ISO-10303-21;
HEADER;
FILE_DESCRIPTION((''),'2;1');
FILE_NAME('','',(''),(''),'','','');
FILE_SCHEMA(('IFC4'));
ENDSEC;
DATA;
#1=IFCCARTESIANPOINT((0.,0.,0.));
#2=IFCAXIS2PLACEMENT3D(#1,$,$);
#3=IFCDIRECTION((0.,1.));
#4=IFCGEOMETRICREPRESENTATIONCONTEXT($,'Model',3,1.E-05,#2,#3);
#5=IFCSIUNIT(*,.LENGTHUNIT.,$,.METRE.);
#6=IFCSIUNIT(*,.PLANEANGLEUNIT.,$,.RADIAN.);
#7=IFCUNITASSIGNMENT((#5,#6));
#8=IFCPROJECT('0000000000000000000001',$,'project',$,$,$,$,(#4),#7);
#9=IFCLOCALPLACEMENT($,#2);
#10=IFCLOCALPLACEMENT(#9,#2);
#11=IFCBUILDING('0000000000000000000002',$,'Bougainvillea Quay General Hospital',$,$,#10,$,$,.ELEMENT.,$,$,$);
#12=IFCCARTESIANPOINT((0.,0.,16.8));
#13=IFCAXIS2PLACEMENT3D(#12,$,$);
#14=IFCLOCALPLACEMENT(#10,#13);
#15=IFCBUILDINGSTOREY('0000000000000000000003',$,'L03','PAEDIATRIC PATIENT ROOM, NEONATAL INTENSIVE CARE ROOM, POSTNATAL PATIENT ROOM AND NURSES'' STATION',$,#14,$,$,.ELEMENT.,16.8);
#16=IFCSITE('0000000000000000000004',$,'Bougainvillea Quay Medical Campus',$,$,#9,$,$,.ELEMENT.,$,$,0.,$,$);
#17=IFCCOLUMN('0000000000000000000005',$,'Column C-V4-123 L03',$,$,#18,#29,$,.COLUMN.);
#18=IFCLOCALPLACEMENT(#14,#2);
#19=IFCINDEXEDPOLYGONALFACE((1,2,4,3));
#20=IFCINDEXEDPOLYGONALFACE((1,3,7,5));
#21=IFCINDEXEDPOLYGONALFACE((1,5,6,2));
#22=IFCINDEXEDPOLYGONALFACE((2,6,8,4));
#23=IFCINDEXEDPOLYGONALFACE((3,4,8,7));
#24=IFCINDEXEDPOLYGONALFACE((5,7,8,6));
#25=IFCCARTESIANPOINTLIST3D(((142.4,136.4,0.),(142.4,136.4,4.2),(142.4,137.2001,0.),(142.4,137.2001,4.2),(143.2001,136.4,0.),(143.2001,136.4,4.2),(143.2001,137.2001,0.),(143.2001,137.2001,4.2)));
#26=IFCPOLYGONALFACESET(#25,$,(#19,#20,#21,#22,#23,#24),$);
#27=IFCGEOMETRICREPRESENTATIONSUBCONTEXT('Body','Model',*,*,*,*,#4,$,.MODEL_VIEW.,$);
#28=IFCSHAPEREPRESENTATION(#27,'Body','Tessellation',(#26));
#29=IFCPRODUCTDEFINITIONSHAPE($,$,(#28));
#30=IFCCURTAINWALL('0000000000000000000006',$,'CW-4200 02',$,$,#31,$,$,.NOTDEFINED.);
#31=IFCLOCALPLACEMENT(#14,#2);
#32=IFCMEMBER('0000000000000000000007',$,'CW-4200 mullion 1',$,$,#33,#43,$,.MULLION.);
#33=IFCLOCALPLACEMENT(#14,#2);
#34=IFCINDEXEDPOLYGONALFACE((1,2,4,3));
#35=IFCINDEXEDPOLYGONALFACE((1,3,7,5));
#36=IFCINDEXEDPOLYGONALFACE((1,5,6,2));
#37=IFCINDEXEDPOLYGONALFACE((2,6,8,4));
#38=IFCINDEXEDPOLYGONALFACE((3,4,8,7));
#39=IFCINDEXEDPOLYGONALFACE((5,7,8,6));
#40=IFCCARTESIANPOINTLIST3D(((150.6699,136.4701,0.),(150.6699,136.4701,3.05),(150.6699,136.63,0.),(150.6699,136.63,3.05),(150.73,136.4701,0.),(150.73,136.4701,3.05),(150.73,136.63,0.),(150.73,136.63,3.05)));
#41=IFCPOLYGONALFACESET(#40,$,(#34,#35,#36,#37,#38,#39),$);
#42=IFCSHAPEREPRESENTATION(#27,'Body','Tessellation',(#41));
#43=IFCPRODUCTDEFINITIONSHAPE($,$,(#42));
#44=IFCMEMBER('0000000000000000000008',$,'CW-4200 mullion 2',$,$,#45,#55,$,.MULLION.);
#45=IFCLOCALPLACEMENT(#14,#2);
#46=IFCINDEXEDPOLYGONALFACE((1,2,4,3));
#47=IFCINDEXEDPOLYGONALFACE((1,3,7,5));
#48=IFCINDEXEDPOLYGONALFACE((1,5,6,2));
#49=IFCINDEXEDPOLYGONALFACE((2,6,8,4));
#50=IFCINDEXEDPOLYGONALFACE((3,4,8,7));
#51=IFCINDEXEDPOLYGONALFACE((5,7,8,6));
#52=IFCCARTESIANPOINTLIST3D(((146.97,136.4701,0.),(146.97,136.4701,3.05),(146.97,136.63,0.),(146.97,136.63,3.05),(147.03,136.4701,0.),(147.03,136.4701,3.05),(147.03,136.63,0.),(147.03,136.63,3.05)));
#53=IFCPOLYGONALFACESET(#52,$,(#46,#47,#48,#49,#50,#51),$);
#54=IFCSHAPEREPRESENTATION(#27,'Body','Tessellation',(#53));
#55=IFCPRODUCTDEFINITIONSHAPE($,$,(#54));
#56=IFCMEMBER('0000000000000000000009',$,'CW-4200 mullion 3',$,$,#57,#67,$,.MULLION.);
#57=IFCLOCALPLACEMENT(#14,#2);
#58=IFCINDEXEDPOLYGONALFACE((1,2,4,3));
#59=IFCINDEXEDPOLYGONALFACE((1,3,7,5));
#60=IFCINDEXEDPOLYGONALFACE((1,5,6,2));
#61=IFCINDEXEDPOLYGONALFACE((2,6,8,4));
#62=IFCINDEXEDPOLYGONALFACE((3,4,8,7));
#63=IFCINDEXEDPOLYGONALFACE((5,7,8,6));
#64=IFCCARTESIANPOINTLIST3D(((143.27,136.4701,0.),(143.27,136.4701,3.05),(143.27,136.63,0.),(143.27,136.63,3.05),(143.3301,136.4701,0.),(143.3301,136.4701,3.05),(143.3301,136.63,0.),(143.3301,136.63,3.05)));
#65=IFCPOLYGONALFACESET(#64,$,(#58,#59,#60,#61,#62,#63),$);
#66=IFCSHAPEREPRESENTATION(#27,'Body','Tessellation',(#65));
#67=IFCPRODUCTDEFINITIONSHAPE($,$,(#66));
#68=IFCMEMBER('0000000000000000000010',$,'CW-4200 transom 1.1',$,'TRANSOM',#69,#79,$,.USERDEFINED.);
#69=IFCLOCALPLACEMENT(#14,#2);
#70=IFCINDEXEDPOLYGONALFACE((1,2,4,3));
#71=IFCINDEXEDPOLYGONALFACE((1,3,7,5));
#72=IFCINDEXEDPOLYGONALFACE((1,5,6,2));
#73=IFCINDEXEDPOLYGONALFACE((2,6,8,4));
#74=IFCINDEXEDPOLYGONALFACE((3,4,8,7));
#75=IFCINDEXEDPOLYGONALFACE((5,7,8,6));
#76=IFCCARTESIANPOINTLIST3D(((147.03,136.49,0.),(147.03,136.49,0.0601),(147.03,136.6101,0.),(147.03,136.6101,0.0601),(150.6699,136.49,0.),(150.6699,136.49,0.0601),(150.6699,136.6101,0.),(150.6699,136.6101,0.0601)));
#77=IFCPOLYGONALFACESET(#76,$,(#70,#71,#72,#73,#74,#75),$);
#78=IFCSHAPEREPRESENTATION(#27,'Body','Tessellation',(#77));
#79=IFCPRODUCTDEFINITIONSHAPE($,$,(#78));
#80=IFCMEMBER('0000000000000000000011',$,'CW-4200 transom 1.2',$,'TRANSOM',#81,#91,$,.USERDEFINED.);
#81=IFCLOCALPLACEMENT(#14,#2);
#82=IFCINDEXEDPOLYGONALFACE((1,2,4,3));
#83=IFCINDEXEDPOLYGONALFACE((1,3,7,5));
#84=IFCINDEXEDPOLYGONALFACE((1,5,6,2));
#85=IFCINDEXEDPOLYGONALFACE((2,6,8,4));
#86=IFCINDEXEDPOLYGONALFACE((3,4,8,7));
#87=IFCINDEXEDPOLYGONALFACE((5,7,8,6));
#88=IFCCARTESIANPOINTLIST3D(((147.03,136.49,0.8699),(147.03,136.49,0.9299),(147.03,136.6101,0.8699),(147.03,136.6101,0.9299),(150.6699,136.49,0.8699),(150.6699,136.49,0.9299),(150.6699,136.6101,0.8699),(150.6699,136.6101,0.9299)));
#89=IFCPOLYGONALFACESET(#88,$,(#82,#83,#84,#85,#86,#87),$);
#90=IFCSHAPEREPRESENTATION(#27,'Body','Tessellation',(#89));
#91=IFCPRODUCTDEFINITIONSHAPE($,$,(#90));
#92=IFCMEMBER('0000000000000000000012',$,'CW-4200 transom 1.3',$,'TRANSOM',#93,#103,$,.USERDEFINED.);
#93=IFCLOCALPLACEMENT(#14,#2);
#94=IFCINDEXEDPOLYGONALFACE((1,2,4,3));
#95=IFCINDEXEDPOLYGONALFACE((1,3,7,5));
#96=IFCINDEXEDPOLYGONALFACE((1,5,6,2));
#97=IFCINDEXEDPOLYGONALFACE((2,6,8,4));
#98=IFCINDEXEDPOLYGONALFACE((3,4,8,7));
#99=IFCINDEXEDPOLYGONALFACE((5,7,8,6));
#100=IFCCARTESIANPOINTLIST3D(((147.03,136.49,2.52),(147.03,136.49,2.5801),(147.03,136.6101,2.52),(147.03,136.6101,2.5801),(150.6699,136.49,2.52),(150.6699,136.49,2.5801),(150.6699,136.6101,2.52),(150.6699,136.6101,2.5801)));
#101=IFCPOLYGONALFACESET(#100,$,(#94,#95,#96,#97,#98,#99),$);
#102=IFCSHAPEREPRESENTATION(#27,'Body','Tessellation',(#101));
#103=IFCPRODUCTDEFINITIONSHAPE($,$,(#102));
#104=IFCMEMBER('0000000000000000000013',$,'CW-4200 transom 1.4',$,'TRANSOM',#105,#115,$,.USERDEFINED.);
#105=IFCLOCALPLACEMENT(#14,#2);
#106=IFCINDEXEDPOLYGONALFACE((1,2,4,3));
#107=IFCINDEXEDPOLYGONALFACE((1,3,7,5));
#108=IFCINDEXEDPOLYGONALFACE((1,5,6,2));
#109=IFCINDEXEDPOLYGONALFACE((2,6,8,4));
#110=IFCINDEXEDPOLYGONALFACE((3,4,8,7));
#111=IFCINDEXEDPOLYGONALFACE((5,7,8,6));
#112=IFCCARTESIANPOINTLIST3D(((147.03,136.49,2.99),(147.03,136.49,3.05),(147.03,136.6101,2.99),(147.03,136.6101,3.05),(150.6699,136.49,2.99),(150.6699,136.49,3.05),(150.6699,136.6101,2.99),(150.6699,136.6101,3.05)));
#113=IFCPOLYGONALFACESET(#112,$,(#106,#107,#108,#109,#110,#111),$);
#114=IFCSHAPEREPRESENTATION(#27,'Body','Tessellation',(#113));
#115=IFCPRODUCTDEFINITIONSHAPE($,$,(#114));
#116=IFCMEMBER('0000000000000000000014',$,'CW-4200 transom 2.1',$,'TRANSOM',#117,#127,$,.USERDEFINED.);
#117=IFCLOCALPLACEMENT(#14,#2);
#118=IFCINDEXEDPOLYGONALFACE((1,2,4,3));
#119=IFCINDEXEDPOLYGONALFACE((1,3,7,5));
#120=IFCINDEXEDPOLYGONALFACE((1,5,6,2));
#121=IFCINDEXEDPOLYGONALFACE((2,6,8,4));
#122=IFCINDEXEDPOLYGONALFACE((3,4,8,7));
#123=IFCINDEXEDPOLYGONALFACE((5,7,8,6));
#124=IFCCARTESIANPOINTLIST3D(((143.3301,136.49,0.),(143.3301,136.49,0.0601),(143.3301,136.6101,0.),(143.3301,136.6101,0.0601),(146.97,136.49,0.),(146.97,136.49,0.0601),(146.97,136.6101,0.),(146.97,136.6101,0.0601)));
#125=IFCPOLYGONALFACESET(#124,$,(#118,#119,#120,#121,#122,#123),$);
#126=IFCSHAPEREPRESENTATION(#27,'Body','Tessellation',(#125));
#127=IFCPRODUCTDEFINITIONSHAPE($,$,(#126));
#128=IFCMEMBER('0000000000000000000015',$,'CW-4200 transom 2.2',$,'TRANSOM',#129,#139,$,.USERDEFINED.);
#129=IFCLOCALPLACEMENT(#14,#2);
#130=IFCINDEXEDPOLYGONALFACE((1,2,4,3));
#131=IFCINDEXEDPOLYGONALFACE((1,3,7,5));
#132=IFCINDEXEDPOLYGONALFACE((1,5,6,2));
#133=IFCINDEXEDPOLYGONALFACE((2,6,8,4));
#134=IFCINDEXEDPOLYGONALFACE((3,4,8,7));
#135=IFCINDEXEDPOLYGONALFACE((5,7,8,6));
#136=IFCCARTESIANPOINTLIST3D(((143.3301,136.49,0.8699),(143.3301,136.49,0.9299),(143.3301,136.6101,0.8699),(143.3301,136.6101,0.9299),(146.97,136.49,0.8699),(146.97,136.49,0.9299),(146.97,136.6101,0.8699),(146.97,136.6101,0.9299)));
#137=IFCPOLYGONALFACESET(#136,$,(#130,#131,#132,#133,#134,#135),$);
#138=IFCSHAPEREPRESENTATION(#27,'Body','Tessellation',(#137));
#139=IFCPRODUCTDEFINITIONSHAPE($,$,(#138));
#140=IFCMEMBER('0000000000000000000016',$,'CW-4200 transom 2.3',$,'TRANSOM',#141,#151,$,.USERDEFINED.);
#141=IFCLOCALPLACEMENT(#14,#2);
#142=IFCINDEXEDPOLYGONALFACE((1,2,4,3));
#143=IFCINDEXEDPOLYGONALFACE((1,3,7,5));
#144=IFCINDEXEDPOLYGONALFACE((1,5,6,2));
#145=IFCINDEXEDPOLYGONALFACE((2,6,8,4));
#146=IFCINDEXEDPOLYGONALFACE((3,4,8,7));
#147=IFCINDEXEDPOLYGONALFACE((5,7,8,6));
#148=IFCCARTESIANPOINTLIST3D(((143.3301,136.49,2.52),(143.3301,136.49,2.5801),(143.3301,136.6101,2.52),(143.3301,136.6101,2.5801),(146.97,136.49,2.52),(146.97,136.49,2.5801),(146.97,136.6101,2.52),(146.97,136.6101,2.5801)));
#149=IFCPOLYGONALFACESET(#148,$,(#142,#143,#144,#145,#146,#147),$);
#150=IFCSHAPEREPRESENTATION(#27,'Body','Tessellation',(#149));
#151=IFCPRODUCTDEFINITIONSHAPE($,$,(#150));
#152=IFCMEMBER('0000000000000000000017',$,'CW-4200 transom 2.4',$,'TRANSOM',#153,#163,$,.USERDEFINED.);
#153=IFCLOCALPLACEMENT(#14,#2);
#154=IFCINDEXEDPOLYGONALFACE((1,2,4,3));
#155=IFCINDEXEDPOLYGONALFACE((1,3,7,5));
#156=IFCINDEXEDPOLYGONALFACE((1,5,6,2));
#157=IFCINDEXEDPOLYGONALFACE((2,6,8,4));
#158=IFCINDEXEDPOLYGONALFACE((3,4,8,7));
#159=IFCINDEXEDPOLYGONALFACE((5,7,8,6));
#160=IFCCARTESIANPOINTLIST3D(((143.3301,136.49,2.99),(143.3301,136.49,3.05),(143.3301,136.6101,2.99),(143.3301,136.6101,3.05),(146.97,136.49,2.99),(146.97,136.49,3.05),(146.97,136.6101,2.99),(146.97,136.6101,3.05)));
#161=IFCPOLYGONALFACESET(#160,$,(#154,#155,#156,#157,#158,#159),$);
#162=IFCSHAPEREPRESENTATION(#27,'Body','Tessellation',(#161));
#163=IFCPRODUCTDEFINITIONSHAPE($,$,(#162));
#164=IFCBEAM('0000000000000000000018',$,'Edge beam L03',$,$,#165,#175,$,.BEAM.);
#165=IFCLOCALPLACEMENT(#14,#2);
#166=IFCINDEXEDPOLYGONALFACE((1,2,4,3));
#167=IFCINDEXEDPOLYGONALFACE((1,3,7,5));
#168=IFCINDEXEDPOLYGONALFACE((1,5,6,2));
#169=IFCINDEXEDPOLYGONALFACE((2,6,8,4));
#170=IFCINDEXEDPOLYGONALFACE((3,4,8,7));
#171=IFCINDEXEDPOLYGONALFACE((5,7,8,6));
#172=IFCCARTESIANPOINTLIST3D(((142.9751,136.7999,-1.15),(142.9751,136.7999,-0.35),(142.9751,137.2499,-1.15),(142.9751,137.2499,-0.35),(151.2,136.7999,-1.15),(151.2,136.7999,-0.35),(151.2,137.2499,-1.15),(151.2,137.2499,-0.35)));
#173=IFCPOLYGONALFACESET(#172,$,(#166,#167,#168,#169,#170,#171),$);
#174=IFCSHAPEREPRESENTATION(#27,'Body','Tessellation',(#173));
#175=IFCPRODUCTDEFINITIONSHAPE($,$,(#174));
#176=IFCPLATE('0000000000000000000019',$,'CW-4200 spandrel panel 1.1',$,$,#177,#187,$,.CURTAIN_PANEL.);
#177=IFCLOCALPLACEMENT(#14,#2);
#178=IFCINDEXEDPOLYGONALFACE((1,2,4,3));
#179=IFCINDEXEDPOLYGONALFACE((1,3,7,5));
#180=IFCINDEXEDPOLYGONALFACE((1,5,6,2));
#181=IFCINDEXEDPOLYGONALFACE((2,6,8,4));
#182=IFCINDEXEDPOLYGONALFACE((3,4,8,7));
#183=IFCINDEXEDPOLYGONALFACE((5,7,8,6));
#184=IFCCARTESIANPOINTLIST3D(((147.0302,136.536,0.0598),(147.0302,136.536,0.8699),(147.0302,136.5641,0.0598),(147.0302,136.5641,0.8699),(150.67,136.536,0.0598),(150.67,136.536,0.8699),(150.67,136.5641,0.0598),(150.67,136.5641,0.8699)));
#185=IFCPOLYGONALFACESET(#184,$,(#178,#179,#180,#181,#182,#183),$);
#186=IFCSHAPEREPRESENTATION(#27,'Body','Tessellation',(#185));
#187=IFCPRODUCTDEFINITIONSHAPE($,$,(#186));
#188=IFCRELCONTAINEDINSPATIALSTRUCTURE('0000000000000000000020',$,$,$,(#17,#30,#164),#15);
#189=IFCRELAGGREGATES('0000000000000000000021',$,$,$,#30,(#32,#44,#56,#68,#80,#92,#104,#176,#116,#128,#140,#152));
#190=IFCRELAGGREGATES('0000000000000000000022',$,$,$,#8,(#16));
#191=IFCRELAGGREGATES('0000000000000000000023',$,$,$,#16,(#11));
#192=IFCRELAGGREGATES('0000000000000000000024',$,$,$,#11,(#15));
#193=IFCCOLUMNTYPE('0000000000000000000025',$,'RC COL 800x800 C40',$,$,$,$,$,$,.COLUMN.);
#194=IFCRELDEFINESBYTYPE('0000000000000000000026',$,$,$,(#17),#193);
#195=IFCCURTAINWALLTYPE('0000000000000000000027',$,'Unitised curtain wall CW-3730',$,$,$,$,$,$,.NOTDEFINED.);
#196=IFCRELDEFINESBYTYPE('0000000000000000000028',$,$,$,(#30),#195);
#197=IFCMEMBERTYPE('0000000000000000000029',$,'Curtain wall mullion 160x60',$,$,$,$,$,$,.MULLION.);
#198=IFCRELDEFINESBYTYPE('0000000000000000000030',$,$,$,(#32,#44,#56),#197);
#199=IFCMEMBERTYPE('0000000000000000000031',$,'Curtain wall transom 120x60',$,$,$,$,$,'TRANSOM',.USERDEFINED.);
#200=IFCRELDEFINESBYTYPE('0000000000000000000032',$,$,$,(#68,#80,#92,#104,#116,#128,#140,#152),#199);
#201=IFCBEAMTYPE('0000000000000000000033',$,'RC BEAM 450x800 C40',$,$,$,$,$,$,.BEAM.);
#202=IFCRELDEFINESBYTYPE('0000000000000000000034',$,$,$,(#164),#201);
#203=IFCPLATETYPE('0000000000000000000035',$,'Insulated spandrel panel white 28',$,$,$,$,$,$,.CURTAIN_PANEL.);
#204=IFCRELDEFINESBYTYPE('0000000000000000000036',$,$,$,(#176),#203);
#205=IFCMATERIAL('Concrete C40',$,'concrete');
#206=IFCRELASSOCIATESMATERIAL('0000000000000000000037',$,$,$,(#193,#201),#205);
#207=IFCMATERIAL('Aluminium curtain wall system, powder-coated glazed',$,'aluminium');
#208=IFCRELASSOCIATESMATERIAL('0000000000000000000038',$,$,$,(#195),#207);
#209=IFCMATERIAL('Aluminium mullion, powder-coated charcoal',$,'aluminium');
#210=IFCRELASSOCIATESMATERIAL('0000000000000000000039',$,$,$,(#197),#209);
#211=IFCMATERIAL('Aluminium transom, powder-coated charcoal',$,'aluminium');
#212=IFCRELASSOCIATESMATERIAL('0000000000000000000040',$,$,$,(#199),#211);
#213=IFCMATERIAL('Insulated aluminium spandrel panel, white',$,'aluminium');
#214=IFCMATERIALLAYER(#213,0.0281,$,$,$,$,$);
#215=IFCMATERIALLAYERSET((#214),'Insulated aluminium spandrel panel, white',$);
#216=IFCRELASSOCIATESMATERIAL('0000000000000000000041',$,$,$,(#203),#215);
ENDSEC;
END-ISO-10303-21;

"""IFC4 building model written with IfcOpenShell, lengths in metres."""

from ifc_helpers import new_model, si_unit, direction, frame, origin, origin_2d, place, context, subcontext, project, spatial, rectangle, extrude, material, layer, layer_set, material_profile, profile_set, type_object, element, aggregate, save


model = new_model("IFC4")

# Units and contexts
model_context = context("Model", 3, precision=1e-05, world=origin(), true_north=direction((0.0, 1.0)))
body_context = subcontext(model_context, "Body", "Model", "MODEL_VIEW")
ifc_project = project(units=[si_unit("LENGTHUNIT", "METRE"), si_unit("PLANEANGLEUNIT", "RADIAN")], contexts=[model_context])

# Site, building, storey
site_placement = place(None, origin())
site = spatial("IfcSite", under=ifc_project, at=site_placement, Name="Bougainvillea Quay Medical Campus", CompositionType="ELEMENT", RefElevation=0.0)
building_placement = place(site_placement, origin())
building = spatial("IfcBuilding", under=site, at=building_placement, Name="Bougainvillea Quay General Hospital", CompositionType="ELEMENT")
storey_placement = place(building_placement, frame((0.0, 0.0, 16.8)))
storey = spatial("IfcBuildingStorey", under=building, at=storey_placement, Name="L03", Description="PAEDIATRIC PATIENT ROOM, NEONATAL INTENSIVE CARE ROOM, POSTNATAL PATIENT ROOM AND NURSES' STATION", CompositionType="ELEMENT", Elevation=16.8)

# Column
ifc_material_1 = material(Name="Concrete C40", Category="concrete")
ifc_material_profile_1 = material_profile(ifc_material_1, rectangle(XDim=0.8, YDim=0.8, at=origin_2d()))
ifc_profile_set_1 = profile_set([ifc_material_profile_1], Name="Concrete C40")
column_type = type_object("IfcColumnType", Name="RC COL 800x800 C40", PredefinedType="COLUMN", material=ifc_profile_set_1)
column_placement = place(storey_placement, frame((142.8, 136.8, 0.0), z_axis=(0.0, 0.0, 1.0), x_axis=(1.0, 0.0, 0.0)))
element("IfcColumn", 1, at=column_placement, inside=storey, type_object=column_type, Name="Column C-V4-123 L03", PredefinedType="COLUMN", context=body_context, shape_type="SweptSolid", body=[
    extrude(rectangle(XDim=0.8, YDim=0.8, at=origin_2d()), origin(), (0.0, 0.0, 1.0), 4.2),
])

# Curtain wall, members
ifc_material_2 = material(Name="Aluminium curtain wall system, powder-coated glazed", Category="aluminium")
curtain_wall_type = type_object("IfcCurtainWallType", Name="Unitised curtain wall CW-3730", PredefinedType="NOTDEFINED", material=ifc_material_2)
curtain_wall_placement = place(storey_placement, origin())
curtain_wall = element("IfcCurtainWall", 2, at=curtain_wall_placement, inside=storey, type_object=curtain_wall_type, Name="CW-4200 02", PredefinedType="NOTDEFINED")
ifc_material_3 = material(Name="Aluminium mullion, powder-coated charcoal", Category="aluminium")
ifc_material_profile_2 = material_profile(ifc_material_3, rectangle(XDim=0.1599, YDim=0.0601, at=origin_2d()))
ifc_profile_set_2 = profile_set([ifc_material_profile_2], Name="Aluminium mullion, powder-coated charcoal")
member_type_1 = type_object("IfcMemberType", Name="Curtain wall mullion 160x60", PredefinedType="MULLION", material=ifc_profile_set_2)
member_1_placement = place(storey_placement, frame((150.7, 136.55, 0.0), z_axis=(0.0, 0.0, 1.0), x_axis=(0.0, -1.0, 0.0)))
member_1 = element("IfcMember", 3, at=member_1_placement, type_object=member_type_1, Name="CW-4200 mullion 1", PredefinedType="MULLION", context=body_context, shape_type="SweptSolid", body=[
    extrude(rectangle(XDim=0.1599, YDim=0.0601, at=origin_2d()), origin(), (0.0, 0.0, 1.0), 3.05),
])
member_2_placement = place(storey_placement, frame((147.0, 136.55, 0.0), z_axis=(0.0, 0.0, 1.0), x_axis=(0.0, -1.0, 0.0)))
member_2 = element("IfcMember", 4, at=member_2_placement, type_object=member_type_1, Name="CW-4200 mullion 2", PredefinedType="MULLION", context=body_context, shape_type="SweptSolid", body=[
    extrude(rectangle(XDim=0.1599, YDim=0.0601, at=origin_2d()), origin(), (0.0, 0.0, 1.0), 3.05),
])
member_3_placement = place(storey_placement, frame((143.3, 136.55, 0.0), z_axis=(0.0, 0.0, 1.0), x_axis=(0.0, -1.0, 0.0)))
member_3 = element("IfcMember", 5, at=member_3_placement, type_object=member_type_1, Name="CW-4200 mullion 3", PredefinedType="MULLION", context=body_context, shape_type="SweptSolid", body=[
    extrude(rectangle(XDim=0.1599, YDim=0.0601, at=origin_2d()), origin(), (0.0, 0.0, 1.0), 3.05),
])
ifc_material_4 = material(Name="Aluminium transom, powder-coated charcoal", Category="aluminium")
ifc_material_profile_3 = material_profile(ifc_material_4, rectangle(XDim=0.1201, YDim=0.0601, at=origin_2d()))
ifc_profile_set_3 = profile_set([ifc_material_profile_3], Name="Aluminium transom, powder-coated charcoal")
member_type_2 = type_object("IfcMemberType", Name="Curtain wall transom 120x60", ElementType="TRANSOM", PredefinedType="USERDEFINED", material=ifc_profile_set_3)
member_4_placement = place(storey_placement, frame((150.6699, 136.55, 0.03), z_axis=(-1.0, 0.0, 0.0), x_axis=(0.0, -1.0, 0.0)))
member_4 = element("IfcMember", 6, at=member_4_placement, type_object=member_type_2, Name="CW-4200 transom 1.1", ObjectType="TRANSOM", PredefinedType="USERDEFINED", context=body_context, shape_type="SweptSolid", body=[
    extrude(rectangle(XDim=0.1201, YDim=0.0601, at=origin_2d()), origin(), (0.0, 0.0, 1.0), 3.6399),
])
member_5_placement = place(storey_placement, frame((150.6699, 136.55, 0.8999), z_axis=(-1.0, 0.0, 0.0), x_axis=(0.0, -1.0, 0.0)))
member_5 = element("IfcMember", 7, at=member_5_placement, type_object=member_type_2, Name="CW-4200 transom 1.2", ObjectType="TRANSOM", PredefinedType="USERDEFINED", context=body_context, shape_type="SweptSolid", body=[
    extrude(rectangle(XDim=0.1201, YDim=0.0601, at=origin_2d()), origin(), (0.0, 0.0, 1.0), 3.6399),
])
member_6_placement = place(storey_placement, frame((150.6699, 136.55, 2.55), z_axis=(-1.0, 0.0, 0.0), x_axis=(0.0, -1.0, 0.0)))
member_6 = element("IfcMember", 8, at=member_6_placement, type_object=member_type_2, Name="CW-4200 transom 1.3", ObjectType="TRANSOM", PredefinedType="USERDEFINED", context=body_context, shape_type="SweptSolid", body=[
    extrude(rectangle(XDim=0.1201, YDim=0.0601, at=origin_2d()), origin(), (0.0, 0.0, 1.0), 3.6399),
])
member_7_placement = place(storey_placement, frame((150.6699, 136.55, 3.02), z_axis=(-1.0, 0.0, 0.0), x_axis=(0.0, -1.0, 0.0)))
member_7 = element("IfcMember", 9, at=member_7_placement, type_object=member_type_2, Name="CW-4200 transom 1.4", ObjectType="TRANSOM", PredefinedType="USERDEFINED", context=body_context, shape_type="SweptSolid", body=[
    extrude(rectangle(XDim=0.1201, YDim=0.0601, at=origin_2d()), origin(), (0.0, 0.0, 1.0), 3.6399),
])
member_8_placement = place(storey_placement, frame((146.97, 136.55, 0.03), z_axis=(-1.0, 0.0, 0.0), x_axis=(0.0, -1.0, 0.0)))
member_8 = element("IfcMember", 10, at=member_8_placement, type_object=member_type_2, Name="CW-4200 transom 2.1", ObjectType="TRANSOM", PredefinedType="USERDEFINED", context=body_context, shape_type="SweptSolid", body=[
    extrude(rectangle(XDim=0.1201, YDim=0.0601, at=origin_2d()), origin(), (0.0, 0.0, 1.0), 3.6399),
])
member_9_placement = place(storey_placement, frame((146.97, 136.55, 0.8999), z_axis=(-1.0, 0.0, 0.0), x_axis=(0.0, -1.0, 0.0)))
member_9 = element("IfcMember", 11, at=member_9_placement, type_object=member_type_2, Name="CW-4200 transom 2.2", ObjectType="TRANSOM", PredefinedType="USERDEFINED", context=body_context, shape_type="SweptSolid", body=[
    extrude(rectangle(XDim=0.1201, YDim=0.0601, at=origin_2d()), origin(), (0.0, 0.0, 1.0), 3.6399),
])
member_10_placement = place(storey_placement, frame((146.97, 136.55, 2.55), z_axis=(-1.0, 0.0, 0.0), x_axis=(0.0, -1.0, 0.0)))
member_10 = element("IfcMember", 12, at=member_10_placement, type_object=member_type_2, Name="CW-4200 transom 2.3", ObjectType="TRANSOM", PredefinedType="USERDEFINED", context=body_context, shape_type="SweptSolid", body=[
    extrude(rectangle(XDim=0.1201, YDim=0.0601, at=origin_2d()), origin(), (0.0, 0.0, 1.0), 3.6399),
])
member_11_placement = place(storey_placement, frame((146.97, 136.55, 3.02), z_axis=(-1.0, 0.0, 0.0), x_axis=(0.0, -1.0, 0.0)))
member_11 = element("IfcMember", 13, at=member_11_placement, type_object=member_type_2, Name="CW-4200 transom 2.4", ObjectType="TRANSOM", PredefinedType="USERDEFINED", context=body_context, shape_type="SweptSolid", body=[
    extrude(rectangle(XDim=0.1201, YDim=0.0601, at=origin_2d()), origin(), (0.0, 0.0, 1.0), 3.6399),
])

# Beam
ifc_material_profile_4 = material_profile(ifc_material_1, rectangle(XDim=0.45, YDim=0.8, at=origin_2d()))
ifc_profile_set_4 = profile_set([ifc_material_profile_4], Name="Concrete C40")
beam_type = type_object("IfcBeamType", Name="RC BEAM 450x800 C40", PredefinedType="BEAM", material=ifc_profile_set_4)
beam_placement = place(storey_placement, frame((142.9751, 137.0249, -0.75), z_axis=(1.0, 0.0, 0.0), x_axis=(0.0, 1.0, 0.0)))
element("IfcBeam", 14, at=beam_placement, inside=storey, type_object=beam_type, Name="Edge beam L03", PredefinedType="BEAM", context=body_context, shape_type="SweptSolid", body=[
    extrude(rectangle(XDim=0.45, YDim=0.8, at=origin_2d()), origin(), (0.0, 0.0, 1.0), 8.2249),
])

# Plate
ifc_material_5 = material(Name="Insulated aluminium spandrel panel, white", Category="aluminium")
ifc_layer_1 = layer(ifc_material_5, 0.0281)
ifc_layer_set_1 = layer_set([ifc_layer_1], Name="Insulated aluminium spandrel panel, white")
plate_type_1 = type_object("IfcPlateType", Name="Insulated spandrel panel white 28", PredefinedType="CURTAIN_PANEL", material=ifc_layer_set_1)
plate_1_placement = place(storey_placement, frame((148.8501, 136.55, 0.0598), z_axis=(0.0, 0.0, 1.0), x_axis=(-1.0, 0.0, 0.0)))
plate_1 = element("IfcPlate", 15, at=plate_1_placement, type_object=plate_type_1, Name="CW-4200 spandrel panel 1.1", PredefinedType="CURTAIN_PANEL", context=body_context, shape_type="SweptSolid", body=[
    extrude(rectangle(XDim=3.6399, YDim=0.0281, at=origin_2d()), origin(), (0.0, 0.0, 1.0), 0.8101),
])
aggregate(curtain_wall, [member_1, member_2, member_3, member_4, member_5, member_6, member_7, plate_1, member_8, member_9, member_10, member_11])

save(model, "model.ifc")
